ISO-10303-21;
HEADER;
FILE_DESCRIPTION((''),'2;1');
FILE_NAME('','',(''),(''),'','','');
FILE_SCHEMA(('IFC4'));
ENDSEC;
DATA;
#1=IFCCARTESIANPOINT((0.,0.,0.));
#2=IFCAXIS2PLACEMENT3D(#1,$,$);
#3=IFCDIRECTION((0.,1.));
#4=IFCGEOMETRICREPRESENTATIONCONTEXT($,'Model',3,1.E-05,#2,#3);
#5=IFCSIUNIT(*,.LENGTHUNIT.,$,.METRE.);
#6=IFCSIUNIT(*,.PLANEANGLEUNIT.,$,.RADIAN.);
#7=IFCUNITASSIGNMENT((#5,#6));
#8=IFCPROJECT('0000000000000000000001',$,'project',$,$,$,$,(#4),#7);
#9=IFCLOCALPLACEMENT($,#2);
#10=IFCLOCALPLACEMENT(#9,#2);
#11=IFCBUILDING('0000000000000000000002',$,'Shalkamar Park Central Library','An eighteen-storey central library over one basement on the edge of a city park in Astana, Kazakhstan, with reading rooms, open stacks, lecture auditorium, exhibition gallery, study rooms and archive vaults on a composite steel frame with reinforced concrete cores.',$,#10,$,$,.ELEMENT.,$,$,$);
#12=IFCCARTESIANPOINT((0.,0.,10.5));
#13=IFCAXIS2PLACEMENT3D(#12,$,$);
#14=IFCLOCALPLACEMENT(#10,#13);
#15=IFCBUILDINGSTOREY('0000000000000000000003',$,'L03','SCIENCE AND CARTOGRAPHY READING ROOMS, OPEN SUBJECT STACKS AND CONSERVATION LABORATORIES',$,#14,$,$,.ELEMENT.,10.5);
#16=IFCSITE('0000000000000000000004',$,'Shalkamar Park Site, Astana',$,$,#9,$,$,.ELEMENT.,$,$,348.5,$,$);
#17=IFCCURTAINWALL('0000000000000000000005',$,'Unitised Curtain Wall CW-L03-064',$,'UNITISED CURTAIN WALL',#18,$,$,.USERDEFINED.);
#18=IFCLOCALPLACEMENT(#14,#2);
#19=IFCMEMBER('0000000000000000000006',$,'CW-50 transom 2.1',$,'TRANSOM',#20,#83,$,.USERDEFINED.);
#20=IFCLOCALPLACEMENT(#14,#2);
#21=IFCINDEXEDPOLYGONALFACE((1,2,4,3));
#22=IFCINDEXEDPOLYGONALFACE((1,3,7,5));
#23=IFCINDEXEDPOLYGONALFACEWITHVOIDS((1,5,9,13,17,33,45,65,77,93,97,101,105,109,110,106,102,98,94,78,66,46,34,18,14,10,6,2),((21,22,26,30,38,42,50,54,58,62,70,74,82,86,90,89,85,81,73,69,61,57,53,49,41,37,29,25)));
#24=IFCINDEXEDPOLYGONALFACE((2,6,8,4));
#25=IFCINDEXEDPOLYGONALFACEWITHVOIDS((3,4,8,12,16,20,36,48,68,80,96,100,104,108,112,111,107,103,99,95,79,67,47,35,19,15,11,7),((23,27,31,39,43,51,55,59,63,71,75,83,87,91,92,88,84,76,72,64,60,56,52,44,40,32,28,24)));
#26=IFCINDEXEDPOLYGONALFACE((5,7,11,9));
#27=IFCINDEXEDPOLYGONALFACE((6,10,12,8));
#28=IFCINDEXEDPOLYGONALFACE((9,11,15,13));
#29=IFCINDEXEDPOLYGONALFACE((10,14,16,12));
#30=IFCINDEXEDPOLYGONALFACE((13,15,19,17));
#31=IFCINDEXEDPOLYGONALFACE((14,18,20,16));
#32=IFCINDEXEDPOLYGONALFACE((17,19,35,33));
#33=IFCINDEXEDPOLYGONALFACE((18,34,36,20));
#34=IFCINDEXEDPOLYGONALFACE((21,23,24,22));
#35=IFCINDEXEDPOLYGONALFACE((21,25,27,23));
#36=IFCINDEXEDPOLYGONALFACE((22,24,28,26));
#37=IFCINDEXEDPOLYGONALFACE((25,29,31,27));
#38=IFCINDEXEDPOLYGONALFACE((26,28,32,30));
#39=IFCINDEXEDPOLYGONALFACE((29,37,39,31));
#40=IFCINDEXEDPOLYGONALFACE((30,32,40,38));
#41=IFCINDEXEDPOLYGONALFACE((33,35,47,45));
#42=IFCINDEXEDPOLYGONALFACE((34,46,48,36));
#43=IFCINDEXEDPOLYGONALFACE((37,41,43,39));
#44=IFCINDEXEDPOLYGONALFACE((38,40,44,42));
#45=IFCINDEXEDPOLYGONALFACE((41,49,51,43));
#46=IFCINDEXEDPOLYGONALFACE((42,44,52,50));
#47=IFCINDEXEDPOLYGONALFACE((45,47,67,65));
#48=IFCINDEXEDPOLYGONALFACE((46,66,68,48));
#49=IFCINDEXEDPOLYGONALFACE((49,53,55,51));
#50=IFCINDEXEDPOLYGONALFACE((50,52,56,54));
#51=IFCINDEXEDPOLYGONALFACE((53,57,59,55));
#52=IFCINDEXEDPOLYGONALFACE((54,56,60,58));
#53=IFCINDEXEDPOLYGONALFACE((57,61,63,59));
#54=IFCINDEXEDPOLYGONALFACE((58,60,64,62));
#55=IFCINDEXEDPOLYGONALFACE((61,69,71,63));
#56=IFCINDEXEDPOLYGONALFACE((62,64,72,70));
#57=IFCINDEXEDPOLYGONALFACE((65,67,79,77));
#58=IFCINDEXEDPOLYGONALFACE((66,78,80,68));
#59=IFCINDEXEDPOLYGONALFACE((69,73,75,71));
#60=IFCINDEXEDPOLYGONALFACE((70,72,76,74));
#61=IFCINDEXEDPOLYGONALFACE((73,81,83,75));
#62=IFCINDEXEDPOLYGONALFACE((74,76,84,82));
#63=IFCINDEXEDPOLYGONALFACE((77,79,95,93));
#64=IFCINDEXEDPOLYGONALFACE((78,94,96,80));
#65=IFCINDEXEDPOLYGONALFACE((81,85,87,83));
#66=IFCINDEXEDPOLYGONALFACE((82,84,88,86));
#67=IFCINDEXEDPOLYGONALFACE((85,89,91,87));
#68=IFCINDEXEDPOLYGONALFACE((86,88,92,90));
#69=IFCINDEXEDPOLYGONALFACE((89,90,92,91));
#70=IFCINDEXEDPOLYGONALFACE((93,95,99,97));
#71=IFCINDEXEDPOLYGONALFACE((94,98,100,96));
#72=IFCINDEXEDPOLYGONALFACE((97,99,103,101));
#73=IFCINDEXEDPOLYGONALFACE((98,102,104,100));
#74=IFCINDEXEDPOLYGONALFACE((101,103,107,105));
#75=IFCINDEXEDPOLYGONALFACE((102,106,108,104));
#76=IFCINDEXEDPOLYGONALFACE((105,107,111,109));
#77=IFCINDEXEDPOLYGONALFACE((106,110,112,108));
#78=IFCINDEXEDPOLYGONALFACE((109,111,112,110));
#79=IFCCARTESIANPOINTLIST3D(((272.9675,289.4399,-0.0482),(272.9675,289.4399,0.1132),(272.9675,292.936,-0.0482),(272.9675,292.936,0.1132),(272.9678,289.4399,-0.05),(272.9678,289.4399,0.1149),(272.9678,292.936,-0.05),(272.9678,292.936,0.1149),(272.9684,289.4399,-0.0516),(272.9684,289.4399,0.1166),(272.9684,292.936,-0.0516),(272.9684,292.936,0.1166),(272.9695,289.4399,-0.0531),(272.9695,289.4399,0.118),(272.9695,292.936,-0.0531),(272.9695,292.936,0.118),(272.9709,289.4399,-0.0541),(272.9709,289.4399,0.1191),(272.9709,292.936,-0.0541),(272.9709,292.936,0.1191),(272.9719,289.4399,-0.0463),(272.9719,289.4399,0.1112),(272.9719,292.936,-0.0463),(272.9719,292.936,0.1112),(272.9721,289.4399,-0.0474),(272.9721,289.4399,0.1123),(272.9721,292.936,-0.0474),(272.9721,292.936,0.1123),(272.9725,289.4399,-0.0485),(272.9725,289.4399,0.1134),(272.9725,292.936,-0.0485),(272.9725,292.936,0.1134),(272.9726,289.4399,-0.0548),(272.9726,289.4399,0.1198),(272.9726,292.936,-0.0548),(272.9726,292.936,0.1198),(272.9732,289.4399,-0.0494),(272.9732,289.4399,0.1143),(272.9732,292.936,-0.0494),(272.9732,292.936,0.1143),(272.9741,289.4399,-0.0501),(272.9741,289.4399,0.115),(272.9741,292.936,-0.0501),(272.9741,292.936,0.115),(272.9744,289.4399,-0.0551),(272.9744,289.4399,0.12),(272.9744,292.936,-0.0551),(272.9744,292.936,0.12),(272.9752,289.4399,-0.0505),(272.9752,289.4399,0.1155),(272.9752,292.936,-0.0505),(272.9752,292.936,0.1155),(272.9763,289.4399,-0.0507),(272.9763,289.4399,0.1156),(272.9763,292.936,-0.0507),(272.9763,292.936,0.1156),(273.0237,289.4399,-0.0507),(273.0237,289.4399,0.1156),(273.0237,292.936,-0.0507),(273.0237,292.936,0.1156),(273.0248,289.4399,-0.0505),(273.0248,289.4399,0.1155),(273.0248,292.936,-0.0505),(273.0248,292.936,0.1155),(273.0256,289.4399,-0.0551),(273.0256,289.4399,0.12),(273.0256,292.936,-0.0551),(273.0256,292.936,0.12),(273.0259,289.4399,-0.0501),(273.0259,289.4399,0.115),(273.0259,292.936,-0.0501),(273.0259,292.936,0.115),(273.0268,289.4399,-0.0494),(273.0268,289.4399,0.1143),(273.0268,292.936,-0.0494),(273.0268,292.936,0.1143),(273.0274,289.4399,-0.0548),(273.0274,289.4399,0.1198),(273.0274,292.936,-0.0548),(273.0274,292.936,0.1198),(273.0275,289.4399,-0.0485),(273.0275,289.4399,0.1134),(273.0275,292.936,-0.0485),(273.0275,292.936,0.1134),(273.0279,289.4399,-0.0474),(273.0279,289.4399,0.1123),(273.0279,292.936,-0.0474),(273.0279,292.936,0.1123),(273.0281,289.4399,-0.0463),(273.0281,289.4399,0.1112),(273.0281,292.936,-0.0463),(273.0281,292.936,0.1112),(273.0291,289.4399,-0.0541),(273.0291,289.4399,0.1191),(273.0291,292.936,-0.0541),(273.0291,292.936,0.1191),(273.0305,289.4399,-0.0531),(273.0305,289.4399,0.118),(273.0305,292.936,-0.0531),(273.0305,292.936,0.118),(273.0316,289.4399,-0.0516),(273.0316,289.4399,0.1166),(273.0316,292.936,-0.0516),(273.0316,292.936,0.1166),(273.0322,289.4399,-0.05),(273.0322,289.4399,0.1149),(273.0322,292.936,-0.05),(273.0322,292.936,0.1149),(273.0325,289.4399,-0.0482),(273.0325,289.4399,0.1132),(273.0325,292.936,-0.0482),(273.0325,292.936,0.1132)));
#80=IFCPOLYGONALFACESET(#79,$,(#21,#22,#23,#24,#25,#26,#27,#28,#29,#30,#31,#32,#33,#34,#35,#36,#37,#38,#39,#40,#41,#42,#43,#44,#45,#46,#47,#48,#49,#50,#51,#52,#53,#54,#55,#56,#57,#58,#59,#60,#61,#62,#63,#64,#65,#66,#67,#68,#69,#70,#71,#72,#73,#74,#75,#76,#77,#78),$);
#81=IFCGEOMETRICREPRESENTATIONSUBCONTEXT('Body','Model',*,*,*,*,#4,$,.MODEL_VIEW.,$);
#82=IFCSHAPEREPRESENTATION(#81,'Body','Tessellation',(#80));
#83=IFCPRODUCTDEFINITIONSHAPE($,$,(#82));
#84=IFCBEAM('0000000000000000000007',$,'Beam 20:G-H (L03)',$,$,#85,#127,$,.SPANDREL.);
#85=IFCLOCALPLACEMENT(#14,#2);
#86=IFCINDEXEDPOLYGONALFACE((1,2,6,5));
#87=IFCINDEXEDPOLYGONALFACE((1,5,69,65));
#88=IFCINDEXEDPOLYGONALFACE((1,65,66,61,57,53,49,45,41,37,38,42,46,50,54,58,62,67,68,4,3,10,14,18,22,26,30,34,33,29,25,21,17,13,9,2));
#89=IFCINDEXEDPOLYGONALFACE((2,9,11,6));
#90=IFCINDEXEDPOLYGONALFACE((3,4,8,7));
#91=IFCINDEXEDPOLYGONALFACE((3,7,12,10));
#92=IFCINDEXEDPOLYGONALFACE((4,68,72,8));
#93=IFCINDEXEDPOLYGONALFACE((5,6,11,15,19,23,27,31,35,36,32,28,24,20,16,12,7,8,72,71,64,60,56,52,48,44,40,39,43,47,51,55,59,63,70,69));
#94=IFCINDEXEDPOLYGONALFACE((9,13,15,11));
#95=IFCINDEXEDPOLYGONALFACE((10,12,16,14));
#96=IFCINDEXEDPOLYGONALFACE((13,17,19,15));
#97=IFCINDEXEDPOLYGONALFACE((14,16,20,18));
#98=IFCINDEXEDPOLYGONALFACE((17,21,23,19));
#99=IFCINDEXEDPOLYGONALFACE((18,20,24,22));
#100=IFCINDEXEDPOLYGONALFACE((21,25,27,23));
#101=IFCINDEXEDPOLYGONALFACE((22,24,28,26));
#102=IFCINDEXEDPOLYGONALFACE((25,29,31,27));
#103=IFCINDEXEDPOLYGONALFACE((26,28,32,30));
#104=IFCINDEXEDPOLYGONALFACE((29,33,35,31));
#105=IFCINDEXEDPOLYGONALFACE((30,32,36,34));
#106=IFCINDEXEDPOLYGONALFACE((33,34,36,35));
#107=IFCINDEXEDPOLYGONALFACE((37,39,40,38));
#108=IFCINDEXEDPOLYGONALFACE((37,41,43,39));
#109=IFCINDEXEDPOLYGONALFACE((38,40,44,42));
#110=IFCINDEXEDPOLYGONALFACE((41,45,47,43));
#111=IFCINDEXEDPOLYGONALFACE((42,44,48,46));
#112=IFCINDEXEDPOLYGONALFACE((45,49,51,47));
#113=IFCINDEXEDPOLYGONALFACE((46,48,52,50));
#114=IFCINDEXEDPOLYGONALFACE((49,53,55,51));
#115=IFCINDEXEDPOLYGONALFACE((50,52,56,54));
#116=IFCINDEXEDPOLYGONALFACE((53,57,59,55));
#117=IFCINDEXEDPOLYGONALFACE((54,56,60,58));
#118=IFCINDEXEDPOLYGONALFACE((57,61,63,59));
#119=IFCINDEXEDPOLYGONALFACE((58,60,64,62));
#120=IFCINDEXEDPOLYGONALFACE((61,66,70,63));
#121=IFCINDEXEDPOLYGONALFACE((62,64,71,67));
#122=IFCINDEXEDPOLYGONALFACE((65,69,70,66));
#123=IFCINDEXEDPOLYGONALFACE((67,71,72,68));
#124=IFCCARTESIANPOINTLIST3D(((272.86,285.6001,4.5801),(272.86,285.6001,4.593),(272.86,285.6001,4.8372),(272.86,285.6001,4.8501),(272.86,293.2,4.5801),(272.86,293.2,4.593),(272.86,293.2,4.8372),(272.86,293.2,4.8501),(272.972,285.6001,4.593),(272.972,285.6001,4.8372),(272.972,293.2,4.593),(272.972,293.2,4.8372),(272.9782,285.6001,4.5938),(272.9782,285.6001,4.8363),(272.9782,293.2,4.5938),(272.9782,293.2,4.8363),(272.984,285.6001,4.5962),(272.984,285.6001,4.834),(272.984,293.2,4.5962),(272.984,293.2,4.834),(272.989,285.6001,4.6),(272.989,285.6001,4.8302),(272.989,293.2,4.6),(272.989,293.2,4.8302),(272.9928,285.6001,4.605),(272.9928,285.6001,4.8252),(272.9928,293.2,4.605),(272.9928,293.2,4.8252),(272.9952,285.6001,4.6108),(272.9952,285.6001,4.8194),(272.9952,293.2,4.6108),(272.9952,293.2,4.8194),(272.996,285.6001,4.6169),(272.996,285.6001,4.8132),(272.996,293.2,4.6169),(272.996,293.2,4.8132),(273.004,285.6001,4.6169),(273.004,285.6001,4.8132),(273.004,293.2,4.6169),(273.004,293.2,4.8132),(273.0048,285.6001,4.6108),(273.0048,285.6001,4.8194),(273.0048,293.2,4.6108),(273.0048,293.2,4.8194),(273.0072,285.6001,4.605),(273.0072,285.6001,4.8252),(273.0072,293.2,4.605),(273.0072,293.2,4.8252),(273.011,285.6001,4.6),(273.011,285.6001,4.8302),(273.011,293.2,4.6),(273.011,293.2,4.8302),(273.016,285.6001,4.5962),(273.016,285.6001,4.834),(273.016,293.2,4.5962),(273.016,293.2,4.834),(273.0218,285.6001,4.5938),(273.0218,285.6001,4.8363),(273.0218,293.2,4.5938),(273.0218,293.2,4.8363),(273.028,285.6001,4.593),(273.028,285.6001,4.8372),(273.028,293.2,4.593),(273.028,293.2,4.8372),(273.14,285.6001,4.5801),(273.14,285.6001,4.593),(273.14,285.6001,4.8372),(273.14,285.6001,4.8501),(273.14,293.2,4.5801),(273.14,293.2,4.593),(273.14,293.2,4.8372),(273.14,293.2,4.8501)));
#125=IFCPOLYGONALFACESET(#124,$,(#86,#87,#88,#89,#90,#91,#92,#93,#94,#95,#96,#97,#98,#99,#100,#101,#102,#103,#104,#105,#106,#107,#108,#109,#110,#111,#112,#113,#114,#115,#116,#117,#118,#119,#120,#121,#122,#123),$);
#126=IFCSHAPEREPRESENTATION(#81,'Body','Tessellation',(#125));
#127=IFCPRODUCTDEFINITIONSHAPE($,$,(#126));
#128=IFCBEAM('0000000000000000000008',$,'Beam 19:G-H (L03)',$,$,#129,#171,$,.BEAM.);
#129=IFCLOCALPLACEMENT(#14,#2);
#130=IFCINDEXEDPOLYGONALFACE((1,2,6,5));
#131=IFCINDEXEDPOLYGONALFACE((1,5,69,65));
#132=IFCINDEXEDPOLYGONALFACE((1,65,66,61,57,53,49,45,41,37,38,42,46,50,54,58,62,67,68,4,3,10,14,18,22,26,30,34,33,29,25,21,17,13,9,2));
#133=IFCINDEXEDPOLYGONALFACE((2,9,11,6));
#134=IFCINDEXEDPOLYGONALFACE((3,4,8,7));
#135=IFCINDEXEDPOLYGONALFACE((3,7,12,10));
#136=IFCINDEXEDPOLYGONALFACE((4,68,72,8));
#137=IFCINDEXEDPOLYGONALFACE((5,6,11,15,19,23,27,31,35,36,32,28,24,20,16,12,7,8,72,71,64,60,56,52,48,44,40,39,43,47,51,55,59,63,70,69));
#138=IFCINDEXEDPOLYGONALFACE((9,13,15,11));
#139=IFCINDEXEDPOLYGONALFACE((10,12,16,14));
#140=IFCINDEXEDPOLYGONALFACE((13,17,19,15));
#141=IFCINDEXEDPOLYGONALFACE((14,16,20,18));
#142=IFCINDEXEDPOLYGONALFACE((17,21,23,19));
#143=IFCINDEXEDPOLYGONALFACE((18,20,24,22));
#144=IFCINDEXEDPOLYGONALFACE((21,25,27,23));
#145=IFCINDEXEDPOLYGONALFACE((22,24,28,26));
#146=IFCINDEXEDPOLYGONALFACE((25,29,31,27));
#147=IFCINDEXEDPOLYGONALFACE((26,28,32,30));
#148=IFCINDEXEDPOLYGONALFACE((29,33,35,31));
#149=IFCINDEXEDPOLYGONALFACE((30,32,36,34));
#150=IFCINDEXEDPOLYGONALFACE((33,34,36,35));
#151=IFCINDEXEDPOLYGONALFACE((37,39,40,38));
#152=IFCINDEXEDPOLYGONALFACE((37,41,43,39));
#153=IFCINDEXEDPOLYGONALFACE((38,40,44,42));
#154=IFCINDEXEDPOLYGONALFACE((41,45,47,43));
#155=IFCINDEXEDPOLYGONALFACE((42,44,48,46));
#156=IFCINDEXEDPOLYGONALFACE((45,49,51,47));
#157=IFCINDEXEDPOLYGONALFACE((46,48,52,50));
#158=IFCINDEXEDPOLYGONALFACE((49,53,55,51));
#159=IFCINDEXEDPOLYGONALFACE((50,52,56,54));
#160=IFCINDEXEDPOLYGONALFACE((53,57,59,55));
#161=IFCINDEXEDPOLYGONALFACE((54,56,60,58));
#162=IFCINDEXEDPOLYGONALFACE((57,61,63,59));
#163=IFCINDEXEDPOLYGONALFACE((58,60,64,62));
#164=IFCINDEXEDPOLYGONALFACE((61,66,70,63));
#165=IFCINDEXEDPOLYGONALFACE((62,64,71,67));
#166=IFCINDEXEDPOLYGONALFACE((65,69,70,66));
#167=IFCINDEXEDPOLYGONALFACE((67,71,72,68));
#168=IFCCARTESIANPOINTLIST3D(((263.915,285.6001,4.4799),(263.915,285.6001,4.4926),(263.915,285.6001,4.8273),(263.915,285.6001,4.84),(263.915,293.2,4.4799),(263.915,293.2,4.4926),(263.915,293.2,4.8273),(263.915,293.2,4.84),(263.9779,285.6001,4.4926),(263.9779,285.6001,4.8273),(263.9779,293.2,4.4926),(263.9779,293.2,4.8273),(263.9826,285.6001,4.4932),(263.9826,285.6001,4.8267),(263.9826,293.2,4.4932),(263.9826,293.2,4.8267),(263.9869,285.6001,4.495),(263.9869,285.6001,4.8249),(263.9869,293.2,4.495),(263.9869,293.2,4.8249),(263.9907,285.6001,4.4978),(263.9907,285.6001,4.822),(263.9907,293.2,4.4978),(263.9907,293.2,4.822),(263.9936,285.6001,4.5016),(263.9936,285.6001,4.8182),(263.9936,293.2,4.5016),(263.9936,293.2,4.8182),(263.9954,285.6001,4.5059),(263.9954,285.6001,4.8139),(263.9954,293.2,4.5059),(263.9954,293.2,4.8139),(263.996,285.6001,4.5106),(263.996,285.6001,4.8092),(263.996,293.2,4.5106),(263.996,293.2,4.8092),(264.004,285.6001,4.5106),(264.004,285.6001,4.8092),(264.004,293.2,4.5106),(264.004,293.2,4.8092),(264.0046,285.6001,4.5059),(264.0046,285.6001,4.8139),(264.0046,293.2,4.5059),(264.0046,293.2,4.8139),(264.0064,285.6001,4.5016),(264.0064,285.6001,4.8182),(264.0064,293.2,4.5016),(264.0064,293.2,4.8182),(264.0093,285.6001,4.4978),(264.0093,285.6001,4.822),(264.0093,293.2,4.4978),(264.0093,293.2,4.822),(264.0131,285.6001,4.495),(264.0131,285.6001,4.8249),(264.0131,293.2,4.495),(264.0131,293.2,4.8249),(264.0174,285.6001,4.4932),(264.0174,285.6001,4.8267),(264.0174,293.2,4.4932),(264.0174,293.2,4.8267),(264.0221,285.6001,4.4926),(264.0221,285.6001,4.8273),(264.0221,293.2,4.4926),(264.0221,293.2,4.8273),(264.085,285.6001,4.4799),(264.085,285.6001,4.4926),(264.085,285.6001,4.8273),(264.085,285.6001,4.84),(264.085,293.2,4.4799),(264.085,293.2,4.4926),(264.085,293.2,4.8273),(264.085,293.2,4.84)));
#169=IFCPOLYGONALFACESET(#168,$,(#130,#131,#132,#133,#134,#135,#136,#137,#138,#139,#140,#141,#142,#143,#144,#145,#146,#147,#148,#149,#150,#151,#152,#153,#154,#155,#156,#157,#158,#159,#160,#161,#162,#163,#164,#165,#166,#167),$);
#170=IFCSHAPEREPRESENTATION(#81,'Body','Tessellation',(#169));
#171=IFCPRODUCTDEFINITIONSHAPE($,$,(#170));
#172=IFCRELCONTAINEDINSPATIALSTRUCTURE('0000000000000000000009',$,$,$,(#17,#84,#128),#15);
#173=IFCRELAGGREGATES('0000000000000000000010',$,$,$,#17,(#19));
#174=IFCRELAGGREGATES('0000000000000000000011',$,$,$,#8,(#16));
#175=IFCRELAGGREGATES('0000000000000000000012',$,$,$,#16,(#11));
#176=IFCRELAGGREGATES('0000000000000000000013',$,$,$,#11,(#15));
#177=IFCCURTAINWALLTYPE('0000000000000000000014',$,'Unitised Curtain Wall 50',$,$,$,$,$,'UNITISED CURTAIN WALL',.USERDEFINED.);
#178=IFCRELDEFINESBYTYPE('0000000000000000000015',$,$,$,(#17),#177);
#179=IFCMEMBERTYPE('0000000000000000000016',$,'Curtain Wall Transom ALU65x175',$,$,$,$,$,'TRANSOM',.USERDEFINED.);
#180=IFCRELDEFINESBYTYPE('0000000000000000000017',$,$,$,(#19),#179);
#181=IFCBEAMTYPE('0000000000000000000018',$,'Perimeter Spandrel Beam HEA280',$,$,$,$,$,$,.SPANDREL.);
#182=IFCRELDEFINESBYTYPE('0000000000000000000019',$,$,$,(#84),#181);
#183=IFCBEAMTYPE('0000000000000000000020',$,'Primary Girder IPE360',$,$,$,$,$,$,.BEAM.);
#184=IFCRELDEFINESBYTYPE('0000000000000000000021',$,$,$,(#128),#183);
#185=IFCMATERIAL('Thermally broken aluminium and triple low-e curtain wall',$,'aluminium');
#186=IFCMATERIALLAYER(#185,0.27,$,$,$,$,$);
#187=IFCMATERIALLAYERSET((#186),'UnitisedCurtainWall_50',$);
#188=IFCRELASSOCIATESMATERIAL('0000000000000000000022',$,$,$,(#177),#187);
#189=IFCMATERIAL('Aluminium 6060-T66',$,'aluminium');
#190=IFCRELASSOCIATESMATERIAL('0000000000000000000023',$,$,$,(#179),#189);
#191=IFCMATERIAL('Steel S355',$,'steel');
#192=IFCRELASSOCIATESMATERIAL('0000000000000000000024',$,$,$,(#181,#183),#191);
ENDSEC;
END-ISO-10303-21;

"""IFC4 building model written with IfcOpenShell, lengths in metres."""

from ifc_helpers import new_model, si_unit, direction, frame, origin, origin_2d, place, context, subcontext, project, spatial, hollow_rectangle, i_section, extrude, material, layer, layer_set, material_profile, profile_set, type_object, element, aggregate, save


model = new_model("IFC4")

# Units and contexts
model_context = context("Model", 3, precision=1e-05, world=origin(), true_north=direction((0.0, 1.0)))
body_context = subcontext(model_context, "Body", "Model", "MODEL_VIEW")
ifc_project = project(units=[si_unit("LENGTHUNIT", "METRE"), si_unit("PLANEANGLEUNIT", "RADIAN")], contexts=[model_context])

# Site, building, storey
site_placement = place(None, origin())
site = spatial("IfcSite", under=ifc_project, at=site_placement, Name="Shalkamar Park Site, Astana", CompositionType="ELEMENT", RefElevation=348.5)
building_placement = place(site_placement, origin())
building = spatial("IfcBuilding", under=site, at=building_placement, Name="Shalkamar Park Central Library", Description="An eighteen-storey central library over one basement on the edge of a city park in Astana, Kazakhstan, with reading rooms, open stacks, lecture auditorium, exhibition gallery, study rooms and archive vaults on a composite steel frame with reinforced concrete cores.", CompositionType="ELEMENT")
storey_placement = place(building_placement, frame((0.0, 0.0, 10.5)))
storey = spatial("IfcBuildingStorey", under=building, at=storey_placement, Name="L03", Description="SCIENCE AND CARTOGRAPHY READING ROOMS, OPEN SUBJECT STACKS AND CONSERVATION LABORATORIES", CompositionType="ELEMENT", Elevation=10.5)

# Shared definitions
ifc_material_1 = material(Name="Steel S355", Category="steel")

# Shared definitions
ifc_material_2 = material(Name="Thermally broken aluminium and triple low-e curtain wall", Category="aluminium")
ifc_material_3 = material(Name="Aluminium 6060-T66", Category="aluminium")

# Curtain wall
ifc_layer_1 = layer(ifc_material_2, 0.27)
ifc_layer_set_1 = layer_set([ifc_layer_1], Name="UnitisedCurtainWall_50")
curtain_wall_type_1 = type_object("IfcCurtainWallType", Name="Unitised Curtain Wall 50", ElementType="UNITISED CURTAIN WALL", PredefinedType="USERDEFINED", material=ifc_layer_set_1)
curtain_wall_1_placement = place(storey_placement, origin())
curtain_wall_1 = element("IfcCurtainWall", 1, at=curtain_wall_1_placement, inside=storey, type_object=curtain_wall_type_1, Name="Unitised Curtain Wall CW-L03-064", ObjectType="UNITISED CURTAIN WALL", PredefinedType="USERDEFINED")

# Member
ifc_material_profile_1 = material_profile(ifc_material_3, hollow_rectangle(XDim=0.0649, YDim=0.175, WallThickness=0.0044, InnerFilletRadius=0.0044, OuterFilletRadius=0.0068, at=origin_2d()), Name="ALU 65x175x4.5")
ifc_profile_set_1 = profile_set([ifc_material_profile_1], Name="Aluminium 6060-T66")
member_type_1 = type_object("IfcMemberType", Name="Curtain Wall Transom ALU65x175", ElementType="TRANSOM", PredefinedType="USERDEFINED", material=ifc_profile_set_1)
member_1_placement = place(storey_placement, frame((273.0, 289.4399, 0.0325), z_axis=(0.0, 1.0, 0.0), x_axis=(-1.0, 0.0, 0.0)))
member_1 = element("IfcMember", 2, at=member_1_placement, type_object=member_type_1, Name="CW-50 transom 2.1", ObjectType="TRANSOM", PredefinedType="USERDEFINED", context=body_context, shape_type="SweptSolid", body=[
    extrude(hollow_rectangle(XDim=0.0649, YDim=0.175, WallThickness=0.0044, InnerFilletRadius=0.0044, OuterFilletRadius=0.0068, at=origin_2d()), origin(), (0.0, 0.0, 1.0), 3.4961),
])

# Beams
ifc_material_profile_2 = material_profile(ifc_material_1, i_section(OverallWidth=0.28, OverallDepth=0.27, WebThickness=0.0081, FlangeThickness=0.0129, FilletRadius=0.0239, at=origin_2d()), Name="HEA 280")
ifc_profile_set_2 = profile_set([ifc_material_profile_2], Name="Steel S355")
beam_type_1 = type_object("IfcBeamType", Name="Perimeter Spandrel Beam HEA280", PredefinedType="SPANDREL", material=ifc_profile_set_2)
beam_1_placement = place(storey_placement, frame((273.0, 285.6001, 4.7151), z_axis=(0.0, 1.0, 0.0), x_axis=(-1.0, 0.0, 0.0)))
element("IfcBeam", 3, at=beam_1_placement, inside=storey, type_object=beam_type_1, Name="Beam 20:G-H (L03)", PredefinedType="SPANDREL", context=body_context, shape_type="SweptSolid", body=[
    extrude(i_section(OverallWidth=0.28, OverallDepth=0.27, WebThickness=0.0081, FlangeThickness=0.0129, FilletRadius=0.0239, at=origin_2d()), origin(), (0.0, 0.0, 1.0), 7.5999),
])
ifc_material_profile_3 = material_profile(ifc_material_1, i_section(OverallWidth=0.1699, OverallDepth=0.3601, WebThickness=0.0081, FlangeThickness=0.0127, FilletRadius=0.0181, at=origin_2d()), Name="IPE 360")
ifc_profile_set_3 = profile_set([ifc_material_profile_3], Name="Steel S355")
beam_type_2 = type_object("IfcBeamType", Name="Primary Girder IPE360", PredefinedType="BEAM", material=ifc_profile_set_3)
beam_2_placement = place(storey_placement, frame((264.0, 285.6001, 4.6599), z_axis=(0.0, 1.0, 0.0), x_axis=(-1.0, 0.0, 0.0)))
element("IfcBeam", 4, at=beam_2_placement, inside=storey, type_object=beam_type_2, Name="Beam 19:G-H (L03)", PredefinedType="BEAM", context=body_context, shape_type="SweptSolid", body=[
    extrude(i_section(OverallWidth=0.1699, OverallDepth=0.3601, WebThickness=0.0081, FlangeThickness=0.0127, FilletRadius=0.0181, at=origin_2d()), origin(), (0.0, 0.0, 1.0), 7.5999),
])

aggregate(curtain_wall_1, [member_1])

save(model, "model.ifc")
